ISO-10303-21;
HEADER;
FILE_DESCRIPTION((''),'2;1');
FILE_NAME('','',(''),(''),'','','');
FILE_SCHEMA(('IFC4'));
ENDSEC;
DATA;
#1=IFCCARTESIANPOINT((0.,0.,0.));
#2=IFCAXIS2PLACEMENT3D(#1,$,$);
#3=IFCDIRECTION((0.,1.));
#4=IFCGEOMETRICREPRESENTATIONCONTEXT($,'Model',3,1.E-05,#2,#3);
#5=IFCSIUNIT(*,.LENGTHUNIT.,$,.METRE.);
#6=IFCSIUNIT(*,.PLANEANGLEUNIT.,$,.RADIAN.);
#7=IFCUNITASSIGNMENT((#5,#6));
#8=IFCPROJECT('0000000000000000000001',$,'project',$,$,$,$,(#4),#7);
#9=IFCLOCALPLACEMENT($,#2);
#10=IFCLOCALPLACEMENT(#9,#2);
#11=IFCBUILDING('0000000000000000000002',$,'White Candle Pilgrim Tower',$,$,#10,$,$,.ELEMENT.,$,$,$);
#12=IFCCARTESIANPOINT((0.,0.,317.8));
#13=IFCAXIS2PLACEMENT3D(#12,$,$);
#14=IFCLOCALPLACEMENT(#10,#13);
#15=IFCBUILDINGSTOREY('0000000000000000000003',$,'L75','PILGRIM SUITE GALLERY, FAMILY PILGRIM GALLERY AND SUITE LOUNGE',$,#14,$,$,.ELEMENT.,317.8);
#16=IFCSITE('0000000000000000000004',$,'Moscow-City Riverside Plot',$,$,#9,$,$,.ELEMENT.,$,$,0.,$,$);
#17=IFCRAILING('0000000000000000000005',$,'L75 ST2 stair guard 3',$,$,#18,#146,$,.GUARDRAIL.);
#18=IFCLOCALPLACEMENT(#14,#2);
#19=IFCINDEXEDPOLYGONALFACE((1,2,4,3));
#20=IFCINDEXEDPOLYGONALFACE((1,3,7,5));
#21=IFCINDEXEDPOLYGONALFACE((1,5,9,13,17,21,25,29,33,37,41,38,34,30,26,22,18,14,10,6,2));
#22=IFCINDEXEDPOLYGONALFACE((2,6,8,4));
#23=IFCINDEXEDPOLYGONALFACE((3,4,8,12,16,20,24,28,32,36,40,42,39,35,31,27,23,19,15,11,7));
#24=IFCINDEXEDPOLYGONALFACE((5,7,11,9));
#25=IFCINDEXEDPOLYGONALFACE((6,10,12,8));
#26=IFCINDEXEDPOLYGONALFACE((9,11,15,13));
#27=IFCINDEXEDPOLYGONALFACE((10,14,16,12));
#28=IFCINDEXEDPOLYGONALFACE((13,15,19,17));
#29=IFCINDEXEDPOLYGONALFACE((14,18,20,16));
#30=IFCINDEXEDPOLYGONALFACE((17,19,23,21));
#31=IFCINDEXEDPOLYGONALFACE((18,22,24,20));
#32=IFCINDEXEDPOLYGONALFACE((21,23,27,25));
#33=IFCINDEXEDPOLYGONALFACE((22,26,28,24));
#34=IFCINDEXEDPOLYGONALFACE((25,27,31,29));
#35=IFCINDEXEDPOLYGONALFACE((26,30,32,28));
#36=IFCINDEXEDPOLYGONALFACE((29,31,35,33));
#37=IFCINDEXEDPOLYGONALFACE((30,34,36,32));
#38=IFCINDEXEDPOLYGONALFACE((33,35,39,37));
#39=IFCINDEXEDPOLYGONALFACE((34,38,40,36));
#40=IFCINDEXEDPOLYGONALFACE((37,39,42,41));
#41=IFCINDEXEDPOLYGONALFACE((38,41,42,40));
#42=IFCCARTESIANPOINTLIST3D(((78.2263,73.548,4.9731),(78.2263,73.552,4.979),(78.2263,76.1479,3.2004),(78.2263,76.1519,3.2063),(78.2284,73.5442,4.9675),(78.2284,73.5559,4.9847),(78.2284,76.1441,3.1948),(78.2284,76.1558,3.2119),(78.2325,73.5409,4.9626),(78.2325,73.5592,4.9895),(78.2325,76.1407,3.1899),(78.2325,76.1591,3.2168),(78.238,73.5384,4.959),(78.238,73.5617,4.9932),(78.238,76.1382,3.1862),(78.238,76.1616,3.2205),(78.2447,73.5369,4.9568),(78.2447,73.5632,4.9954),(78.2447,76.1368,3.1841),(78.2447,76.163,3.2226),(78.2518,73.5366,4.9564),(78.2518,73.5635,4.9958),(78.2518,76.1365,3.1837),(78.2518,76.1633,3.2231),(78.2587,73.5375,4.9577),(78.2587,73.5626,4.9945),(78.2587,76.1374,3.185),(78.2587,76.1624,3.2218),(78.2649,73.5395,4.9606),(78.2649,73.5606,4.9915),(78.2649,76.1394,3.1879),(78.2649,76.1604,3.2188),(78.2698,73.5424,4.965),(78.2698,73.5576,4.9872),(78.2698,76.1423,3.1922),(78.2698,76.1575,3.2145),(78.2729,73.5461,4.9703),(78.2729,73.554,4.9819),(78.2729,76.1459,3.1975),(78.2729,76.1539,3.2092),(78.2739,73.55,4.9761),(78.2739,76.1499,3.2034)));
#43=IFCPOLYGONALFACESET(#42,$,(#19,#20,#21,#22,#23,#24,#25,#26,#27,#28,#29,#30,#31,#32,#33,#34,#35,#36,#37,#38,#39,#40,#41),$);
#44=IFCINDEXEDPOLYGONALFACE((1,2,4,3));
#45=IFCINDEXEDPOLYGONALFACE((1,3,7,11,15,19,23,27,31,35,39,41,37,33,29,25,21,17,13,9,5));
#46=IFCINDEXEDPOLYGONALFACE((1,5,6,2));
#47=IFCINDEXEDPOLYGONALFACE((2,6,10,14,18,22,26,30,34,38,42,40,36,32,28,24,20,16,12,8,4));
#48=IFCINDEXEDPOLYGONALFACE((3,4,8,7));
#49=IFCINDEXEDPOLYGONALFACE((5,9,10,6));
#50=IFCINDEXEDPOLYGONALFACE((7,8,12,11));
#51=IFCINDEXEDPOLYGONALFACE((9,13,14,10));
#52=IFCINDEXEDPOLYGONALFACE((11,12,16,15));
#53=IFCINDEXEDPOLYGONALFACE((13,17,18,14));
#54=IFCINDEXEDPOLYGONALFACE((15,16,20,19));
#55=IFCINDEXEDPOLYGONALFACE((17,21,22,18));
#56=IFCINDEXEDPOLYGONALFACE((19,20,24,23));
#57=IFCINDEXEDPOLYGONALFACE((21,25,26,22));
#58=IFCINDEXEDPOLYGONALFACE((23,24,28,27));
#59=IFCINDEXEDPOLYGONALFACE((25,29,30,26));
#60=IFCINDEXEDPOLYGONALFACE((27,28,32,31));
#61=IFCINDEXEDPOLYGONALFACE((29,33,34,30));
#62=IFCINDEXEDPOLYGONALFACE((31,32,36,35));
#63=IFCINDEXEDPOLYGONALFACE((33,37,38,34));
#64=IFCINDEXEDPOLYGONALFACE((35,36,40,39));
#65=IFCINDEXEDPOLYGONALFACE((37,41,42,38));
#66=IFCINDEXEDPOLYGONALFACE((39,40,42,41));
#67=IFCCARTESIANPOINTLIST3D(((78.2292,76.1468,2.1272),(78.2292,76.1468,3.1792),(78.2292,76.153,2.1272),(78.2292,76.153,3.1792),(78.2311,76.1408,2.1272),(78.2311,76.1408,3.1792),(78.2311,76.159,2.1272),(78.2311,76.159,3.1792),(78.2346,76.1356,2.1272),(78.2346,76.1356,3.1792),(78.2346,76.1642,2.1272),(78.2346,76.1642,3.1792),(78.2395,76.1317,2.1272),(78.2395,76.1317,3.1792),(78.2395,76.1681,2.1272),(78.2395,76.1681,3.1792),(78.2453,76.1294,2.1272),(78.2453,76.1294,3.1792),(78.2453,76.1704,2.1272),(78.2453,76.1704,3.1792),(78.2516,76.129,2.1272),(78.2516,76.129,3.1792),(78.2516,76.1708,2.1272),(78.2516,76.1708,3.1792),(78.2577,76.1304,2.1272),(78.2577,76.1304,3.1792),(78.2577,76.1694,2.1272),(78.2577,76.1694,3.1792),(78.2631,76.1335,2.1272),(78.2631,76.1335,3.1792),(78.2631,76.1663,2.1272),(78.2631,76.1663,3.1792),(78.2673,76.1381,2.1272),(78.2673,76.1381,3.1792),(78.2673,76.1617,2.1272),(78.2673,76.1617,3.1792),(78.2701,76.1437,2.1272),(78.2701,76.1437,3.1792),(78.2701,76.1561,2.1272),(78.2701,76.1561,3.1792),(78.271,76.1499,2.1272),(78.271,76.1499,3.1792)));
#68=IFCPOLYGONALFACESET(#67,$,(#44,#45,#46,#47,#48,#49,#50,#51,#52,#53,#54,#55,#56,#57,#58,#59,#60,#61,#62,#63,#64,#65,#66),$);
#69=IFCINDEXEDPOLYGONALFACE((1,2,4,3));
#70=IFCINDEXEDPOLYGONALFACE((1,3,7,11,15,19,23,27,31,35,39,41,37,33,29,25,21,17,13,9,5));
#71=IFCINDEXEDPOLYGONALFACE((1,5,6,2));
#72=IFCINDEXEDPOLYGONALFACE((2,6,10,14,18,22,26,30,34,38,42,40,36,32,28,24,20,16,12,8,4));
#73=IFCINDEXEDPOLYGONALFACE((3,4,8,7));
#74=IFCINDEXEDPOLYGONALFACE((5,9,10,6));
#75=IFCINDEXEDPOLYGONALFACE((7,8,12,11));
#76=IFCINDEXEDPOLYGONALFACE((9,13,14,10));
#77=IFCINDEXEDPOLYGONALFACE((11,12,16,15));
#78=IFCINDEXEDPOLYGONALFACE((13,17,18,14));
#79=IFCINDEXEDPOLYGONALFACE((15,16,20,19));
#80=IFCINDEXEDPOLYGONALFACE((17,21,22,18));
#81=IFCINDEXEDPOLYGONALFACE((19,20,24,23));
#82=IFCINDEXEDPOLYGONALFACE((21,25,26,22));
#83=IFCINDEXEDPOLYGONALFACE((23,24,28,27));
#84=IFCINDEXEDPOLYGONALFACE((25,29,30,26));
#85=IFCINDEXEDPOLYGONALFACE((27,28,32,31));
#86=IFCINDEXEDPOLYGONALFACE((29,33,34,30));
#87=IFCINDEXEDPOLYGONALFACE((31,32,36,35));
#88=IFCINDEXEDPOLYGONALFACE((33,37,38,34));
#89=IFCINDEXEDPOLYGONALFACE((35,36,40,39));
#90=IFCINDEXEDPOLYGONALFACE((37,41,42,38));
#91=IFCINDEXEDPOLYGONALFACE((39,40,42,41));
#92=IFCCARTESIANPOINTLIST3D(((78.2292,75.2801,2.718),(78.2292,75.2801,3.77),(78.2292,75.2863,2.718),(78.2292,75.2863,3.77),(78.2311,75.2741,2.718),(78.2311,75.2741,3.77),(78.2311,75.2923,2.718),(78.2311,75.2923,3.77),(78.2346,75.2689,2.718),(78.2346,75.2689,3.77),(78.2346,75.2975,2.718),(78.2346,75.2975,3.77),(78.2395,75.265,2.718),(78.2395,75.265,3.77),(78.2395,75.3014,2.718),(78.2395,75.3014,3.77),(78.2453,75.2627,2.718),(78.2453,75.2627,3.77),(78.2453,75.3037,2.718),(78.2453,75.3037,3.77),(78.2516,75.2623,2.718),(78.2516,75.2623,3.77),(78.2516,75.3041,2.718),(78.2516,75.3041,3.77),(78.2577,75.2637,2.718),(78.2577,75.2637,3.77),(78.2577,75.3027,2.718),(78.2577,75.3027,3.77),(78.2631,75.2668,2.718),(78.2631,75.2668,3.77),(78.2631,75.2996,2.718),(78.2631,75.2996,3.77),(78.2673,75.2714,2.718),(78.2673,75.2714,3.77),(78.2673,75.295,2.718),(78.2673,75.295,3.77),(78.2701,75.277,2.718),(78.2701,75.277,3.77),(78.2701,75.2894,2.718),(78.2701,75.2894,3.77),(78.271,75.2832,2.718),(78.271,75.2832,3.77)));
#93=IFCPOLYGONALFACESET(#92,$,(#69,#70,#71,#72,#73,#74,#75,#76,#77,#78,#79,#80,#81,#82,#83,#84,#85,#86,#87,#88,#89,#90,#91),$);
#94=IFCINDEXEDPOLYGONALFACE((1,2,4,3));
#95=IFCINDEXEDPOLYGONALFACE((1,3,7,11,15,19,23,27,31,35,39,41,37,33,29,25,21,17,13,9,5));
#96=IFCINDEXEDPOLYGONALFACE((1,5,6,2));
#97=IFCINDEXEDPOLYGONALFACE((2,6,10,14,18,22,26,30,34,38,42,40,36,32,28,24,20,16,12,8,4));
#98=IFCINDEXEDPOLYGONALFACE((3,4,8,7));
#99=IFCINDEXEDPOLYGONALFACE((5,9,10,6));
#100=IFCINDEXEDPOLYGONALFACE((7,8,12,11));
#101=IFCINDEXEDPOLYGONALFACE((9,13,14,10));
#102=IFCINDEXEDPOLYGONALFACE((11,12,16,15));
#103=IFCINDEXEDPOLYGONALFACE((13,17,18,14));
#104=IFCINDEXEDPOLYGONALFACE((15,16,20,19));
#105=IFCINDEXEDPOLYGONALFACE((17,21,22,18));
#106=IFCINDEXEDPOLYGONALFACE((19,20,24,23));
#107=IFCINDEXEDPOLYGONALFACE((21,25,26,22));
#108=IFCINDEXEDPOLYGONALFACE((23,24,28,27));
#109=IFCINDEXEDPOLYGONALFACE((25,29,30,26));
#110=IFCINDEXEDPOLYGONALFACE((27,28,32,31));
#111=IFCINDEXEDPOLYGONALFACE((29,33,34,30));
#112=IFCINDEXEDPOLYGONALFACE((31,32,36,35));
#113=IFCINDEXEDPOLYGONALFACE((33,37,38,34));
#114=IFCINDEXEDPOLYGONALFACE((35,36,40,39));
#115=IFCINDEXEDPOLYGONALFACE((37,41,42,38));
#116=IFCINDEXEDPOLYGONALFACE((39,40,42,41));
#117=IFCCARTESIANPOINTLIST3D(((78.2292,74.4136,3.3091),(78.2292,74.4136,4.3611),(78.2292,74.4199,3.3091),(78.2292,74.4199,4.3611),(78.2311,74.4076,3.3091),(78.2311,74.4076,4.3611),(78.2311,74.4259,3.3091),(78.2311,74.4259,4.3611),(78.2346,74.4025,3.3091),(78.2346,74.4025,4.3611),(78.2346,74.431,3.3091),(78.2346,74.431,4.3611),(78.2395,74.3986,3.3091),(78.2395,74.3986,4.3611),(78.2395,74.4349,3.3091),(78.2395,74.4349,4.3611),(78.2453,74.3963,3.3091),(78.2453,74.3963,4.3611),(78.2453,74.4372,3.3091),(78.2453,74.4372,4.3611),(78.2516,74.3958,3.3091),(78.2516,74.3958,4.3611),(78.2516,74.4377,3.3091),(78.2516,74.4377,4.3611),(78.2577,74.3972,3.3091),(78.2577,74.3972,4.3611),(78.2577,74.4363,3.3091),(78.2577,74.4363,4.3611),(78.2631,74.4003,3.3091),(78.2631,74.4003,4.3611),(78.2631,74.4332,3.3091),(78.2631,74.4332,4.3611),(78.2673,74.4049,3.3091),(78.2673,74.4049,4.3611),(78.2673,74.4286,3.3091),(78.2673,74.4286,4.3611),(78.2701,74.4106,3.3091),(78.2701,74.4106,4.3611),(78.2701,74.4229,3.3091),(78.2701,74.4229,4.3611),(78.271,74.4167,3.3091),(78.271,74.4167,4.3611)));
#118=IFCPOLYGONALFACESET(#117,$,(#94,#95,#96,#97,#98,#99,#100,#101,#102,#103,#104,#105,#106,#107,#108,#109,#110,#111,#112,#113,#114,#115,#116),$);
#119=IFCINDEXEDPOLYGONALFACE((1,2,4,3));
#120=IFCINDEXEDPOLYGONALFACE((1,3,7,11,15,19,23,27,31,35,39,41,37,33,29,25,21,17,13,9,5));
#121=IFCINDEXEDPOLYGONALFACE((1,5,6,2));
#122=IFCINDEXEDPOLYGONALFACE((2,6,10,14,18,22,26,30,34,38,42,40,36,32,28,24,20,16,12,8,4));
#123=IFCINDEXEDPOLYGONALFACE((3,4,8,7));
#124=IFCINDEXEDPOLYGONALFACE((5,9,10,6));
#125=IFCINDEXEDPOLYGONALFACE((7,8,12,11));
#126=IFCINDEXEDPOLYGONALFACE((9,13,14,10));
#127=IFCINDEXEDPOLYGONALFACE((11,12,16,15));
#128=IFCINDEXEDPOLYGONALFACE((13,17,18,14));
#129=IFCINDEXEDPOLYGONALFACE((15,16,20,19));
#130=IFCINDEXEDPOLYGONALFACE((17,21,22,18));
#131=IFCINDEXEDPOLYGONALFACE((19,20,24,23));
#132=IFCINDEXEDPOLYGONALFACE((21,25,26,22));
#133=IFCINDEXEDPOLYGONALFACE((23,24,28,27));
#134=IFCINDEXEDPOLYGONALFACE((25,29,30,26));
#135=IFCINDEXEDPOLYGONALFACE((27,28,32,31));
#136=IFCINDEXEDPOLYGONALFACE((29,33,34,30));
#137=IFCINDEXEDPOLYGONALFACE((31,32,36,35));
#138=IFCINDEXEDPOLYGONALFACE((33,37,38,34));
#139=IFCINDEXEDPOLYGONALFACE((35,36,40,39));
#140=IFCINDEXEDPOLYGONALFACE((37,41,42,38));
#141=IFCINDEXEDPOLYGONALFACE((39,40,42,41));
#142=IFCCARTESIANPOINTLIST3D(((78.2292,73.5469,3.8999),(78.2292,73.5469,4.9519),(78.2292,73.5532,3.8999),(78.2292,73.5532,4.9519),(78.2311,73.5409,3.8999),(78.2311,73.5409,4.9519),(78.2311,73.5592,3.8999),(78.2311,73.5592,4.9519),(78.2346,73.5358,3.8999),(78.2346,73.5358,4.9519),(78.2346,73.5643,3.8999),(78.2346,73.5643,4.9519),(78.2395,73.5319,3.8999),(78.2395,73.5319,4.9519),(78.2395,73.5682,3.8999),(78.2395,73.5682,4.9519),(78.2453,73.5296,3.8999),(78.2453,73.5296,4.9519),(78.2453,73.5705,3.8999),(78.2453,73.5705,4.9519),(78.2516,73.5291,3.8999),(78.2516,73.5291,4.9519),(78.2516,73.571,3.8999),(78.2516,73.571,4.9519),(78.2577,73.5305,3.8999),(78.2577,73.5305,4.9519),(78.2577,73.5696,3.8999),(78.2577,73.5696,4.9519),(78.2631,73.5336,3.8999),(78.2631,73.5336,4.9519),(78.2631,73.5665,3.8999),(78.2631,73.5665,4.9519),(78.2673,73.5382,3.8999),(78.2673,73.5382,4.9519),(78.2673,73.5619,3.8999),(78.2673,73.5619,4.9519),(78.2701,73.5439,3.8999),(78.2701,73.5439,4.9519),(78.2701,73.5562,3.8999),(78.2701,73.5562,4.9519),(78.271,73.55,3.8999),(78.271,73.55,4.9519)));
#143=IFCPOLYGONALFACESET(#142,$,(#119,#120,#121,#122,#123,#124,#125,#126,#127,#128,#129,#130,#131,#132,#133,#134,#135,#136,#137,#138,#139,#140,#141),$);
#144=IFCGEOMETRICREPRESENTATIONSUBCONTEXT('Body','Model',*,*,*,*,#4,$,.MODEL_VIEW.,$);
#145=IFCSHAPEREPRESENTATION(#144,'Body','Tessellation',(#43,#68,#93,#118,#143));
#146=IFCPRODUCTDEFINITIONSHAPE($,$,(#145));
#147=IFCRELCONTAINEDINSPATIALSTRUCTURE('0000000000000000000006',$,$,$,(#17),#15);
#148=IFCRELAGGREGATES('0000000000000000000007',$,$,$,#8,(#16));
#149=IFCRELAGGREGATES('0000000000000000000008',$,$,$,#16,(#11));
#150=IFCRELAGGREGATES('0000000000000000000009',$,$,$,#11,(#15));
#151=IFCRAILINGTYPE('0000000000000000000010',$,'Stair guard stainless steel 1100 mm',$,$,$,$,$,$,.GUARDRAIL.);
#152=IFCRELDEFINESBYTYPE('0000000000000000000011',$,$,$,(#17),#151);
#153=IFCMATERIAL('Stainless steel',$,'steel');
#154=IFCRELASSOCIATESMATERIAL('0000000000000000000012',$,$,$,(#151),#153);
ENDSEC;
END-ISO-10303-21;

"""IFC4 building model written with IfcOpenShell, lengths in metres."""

from ifc_helpers import new_model, si_unit, direction, frame, origin, origin_2d, place, context, subcontext, project, spatial, circle, extrude, material, type_object, element, save


model = new_model("IFC4")

# Units and contexts
model_context = context("Model", 3, precision=1e-05, world=origin(), true_north=direction((0.0, 1.0)))
body_context = subcontext(model_context, "Body", "Model", "MODEL_VIEW")
ifc_project = project(units=[si_unit("LENGTHUNIT", "METRE"), si_unit("PLANEANGLEUNIT", "RADIAN")], contexts=[model_context])

# Site, building, storey
site_placement = place(None, origin())
site = spatial("IfcSite", under=ifc_project, at=site_placement, Name="Moscow-City Riverside Plot", CompositionType="ELEMENT", RefElevation=0.0)
building_placement = place(site_placement, origin())
building = spatial("IfcBuilding", under=site, at=building_placement, Name="White Candle Pilgrim Tower", CompositionType="ELEMENT")
storey_placement = place(building_placement, frame((0.0, 0.0, 317.8)))
storey = spatial("IfcBuildingStorey", under=building, at=storey_placement, Name="L75", Description="PILGRIM SUITE GALLERY, FAMILY PILGRIM GALLERY AND SUITE LOUNGE", CompositionType="ELEMENT", Elevation=317.8)

# Railing
ifc_material_1 = material(Name="Stainless steel", Category="steel")
railing_type_1 = type_object("IfcRailingType", Name="Stair guard stainless steel 1100 mm", PredefinedType="GUARDRAIL", material=ifc_material_1)
railing_1_placement = place(storey_placement, frame((78.25, 76.1499, 2.1272)))
element("IfcRailing", 1, at=railing_1_placement, inside=storey, type_object=railing_type_1, Name="L75 ST2 stair guard 3", PredefinedType="GUARDRAIL", context=body_context, shape_type="SweptSolid", body=[
    extrude(circle(Radius=0.0239, at=origin_2d()), frame((0.0, 0.0, 1.0762), z_axis=(0.0, -0.826216, 0.563354), x_axis=(1.0, 0.0, 0.0)), (0.0, 0.0, 1.0), 3.1467),
    extrude(circle(Radius=0.021, at=origin_2d()), origin(), (0.0, 0.0, 1.0), 1.052),
    extrude(circle(Radius=0.021, at=origin_2d()), frame((0.0, -0.8667, 0.5908)), (0.0, 0.0, 1.0), 1.052),
    extrude(circle(Radius=0.021, at=origin_2d()), frame((0.0, -1.7332, 1.1819)), (0.0, 0.0, 1.0), 1.052),
    extrude(circle(Radius=0.021, at=origin_2d()), frame((0.0, -2.5999, 1.7727)), (0.0, 0.0, 1.0), 1.052),
])

save(model, "model.ifc")
